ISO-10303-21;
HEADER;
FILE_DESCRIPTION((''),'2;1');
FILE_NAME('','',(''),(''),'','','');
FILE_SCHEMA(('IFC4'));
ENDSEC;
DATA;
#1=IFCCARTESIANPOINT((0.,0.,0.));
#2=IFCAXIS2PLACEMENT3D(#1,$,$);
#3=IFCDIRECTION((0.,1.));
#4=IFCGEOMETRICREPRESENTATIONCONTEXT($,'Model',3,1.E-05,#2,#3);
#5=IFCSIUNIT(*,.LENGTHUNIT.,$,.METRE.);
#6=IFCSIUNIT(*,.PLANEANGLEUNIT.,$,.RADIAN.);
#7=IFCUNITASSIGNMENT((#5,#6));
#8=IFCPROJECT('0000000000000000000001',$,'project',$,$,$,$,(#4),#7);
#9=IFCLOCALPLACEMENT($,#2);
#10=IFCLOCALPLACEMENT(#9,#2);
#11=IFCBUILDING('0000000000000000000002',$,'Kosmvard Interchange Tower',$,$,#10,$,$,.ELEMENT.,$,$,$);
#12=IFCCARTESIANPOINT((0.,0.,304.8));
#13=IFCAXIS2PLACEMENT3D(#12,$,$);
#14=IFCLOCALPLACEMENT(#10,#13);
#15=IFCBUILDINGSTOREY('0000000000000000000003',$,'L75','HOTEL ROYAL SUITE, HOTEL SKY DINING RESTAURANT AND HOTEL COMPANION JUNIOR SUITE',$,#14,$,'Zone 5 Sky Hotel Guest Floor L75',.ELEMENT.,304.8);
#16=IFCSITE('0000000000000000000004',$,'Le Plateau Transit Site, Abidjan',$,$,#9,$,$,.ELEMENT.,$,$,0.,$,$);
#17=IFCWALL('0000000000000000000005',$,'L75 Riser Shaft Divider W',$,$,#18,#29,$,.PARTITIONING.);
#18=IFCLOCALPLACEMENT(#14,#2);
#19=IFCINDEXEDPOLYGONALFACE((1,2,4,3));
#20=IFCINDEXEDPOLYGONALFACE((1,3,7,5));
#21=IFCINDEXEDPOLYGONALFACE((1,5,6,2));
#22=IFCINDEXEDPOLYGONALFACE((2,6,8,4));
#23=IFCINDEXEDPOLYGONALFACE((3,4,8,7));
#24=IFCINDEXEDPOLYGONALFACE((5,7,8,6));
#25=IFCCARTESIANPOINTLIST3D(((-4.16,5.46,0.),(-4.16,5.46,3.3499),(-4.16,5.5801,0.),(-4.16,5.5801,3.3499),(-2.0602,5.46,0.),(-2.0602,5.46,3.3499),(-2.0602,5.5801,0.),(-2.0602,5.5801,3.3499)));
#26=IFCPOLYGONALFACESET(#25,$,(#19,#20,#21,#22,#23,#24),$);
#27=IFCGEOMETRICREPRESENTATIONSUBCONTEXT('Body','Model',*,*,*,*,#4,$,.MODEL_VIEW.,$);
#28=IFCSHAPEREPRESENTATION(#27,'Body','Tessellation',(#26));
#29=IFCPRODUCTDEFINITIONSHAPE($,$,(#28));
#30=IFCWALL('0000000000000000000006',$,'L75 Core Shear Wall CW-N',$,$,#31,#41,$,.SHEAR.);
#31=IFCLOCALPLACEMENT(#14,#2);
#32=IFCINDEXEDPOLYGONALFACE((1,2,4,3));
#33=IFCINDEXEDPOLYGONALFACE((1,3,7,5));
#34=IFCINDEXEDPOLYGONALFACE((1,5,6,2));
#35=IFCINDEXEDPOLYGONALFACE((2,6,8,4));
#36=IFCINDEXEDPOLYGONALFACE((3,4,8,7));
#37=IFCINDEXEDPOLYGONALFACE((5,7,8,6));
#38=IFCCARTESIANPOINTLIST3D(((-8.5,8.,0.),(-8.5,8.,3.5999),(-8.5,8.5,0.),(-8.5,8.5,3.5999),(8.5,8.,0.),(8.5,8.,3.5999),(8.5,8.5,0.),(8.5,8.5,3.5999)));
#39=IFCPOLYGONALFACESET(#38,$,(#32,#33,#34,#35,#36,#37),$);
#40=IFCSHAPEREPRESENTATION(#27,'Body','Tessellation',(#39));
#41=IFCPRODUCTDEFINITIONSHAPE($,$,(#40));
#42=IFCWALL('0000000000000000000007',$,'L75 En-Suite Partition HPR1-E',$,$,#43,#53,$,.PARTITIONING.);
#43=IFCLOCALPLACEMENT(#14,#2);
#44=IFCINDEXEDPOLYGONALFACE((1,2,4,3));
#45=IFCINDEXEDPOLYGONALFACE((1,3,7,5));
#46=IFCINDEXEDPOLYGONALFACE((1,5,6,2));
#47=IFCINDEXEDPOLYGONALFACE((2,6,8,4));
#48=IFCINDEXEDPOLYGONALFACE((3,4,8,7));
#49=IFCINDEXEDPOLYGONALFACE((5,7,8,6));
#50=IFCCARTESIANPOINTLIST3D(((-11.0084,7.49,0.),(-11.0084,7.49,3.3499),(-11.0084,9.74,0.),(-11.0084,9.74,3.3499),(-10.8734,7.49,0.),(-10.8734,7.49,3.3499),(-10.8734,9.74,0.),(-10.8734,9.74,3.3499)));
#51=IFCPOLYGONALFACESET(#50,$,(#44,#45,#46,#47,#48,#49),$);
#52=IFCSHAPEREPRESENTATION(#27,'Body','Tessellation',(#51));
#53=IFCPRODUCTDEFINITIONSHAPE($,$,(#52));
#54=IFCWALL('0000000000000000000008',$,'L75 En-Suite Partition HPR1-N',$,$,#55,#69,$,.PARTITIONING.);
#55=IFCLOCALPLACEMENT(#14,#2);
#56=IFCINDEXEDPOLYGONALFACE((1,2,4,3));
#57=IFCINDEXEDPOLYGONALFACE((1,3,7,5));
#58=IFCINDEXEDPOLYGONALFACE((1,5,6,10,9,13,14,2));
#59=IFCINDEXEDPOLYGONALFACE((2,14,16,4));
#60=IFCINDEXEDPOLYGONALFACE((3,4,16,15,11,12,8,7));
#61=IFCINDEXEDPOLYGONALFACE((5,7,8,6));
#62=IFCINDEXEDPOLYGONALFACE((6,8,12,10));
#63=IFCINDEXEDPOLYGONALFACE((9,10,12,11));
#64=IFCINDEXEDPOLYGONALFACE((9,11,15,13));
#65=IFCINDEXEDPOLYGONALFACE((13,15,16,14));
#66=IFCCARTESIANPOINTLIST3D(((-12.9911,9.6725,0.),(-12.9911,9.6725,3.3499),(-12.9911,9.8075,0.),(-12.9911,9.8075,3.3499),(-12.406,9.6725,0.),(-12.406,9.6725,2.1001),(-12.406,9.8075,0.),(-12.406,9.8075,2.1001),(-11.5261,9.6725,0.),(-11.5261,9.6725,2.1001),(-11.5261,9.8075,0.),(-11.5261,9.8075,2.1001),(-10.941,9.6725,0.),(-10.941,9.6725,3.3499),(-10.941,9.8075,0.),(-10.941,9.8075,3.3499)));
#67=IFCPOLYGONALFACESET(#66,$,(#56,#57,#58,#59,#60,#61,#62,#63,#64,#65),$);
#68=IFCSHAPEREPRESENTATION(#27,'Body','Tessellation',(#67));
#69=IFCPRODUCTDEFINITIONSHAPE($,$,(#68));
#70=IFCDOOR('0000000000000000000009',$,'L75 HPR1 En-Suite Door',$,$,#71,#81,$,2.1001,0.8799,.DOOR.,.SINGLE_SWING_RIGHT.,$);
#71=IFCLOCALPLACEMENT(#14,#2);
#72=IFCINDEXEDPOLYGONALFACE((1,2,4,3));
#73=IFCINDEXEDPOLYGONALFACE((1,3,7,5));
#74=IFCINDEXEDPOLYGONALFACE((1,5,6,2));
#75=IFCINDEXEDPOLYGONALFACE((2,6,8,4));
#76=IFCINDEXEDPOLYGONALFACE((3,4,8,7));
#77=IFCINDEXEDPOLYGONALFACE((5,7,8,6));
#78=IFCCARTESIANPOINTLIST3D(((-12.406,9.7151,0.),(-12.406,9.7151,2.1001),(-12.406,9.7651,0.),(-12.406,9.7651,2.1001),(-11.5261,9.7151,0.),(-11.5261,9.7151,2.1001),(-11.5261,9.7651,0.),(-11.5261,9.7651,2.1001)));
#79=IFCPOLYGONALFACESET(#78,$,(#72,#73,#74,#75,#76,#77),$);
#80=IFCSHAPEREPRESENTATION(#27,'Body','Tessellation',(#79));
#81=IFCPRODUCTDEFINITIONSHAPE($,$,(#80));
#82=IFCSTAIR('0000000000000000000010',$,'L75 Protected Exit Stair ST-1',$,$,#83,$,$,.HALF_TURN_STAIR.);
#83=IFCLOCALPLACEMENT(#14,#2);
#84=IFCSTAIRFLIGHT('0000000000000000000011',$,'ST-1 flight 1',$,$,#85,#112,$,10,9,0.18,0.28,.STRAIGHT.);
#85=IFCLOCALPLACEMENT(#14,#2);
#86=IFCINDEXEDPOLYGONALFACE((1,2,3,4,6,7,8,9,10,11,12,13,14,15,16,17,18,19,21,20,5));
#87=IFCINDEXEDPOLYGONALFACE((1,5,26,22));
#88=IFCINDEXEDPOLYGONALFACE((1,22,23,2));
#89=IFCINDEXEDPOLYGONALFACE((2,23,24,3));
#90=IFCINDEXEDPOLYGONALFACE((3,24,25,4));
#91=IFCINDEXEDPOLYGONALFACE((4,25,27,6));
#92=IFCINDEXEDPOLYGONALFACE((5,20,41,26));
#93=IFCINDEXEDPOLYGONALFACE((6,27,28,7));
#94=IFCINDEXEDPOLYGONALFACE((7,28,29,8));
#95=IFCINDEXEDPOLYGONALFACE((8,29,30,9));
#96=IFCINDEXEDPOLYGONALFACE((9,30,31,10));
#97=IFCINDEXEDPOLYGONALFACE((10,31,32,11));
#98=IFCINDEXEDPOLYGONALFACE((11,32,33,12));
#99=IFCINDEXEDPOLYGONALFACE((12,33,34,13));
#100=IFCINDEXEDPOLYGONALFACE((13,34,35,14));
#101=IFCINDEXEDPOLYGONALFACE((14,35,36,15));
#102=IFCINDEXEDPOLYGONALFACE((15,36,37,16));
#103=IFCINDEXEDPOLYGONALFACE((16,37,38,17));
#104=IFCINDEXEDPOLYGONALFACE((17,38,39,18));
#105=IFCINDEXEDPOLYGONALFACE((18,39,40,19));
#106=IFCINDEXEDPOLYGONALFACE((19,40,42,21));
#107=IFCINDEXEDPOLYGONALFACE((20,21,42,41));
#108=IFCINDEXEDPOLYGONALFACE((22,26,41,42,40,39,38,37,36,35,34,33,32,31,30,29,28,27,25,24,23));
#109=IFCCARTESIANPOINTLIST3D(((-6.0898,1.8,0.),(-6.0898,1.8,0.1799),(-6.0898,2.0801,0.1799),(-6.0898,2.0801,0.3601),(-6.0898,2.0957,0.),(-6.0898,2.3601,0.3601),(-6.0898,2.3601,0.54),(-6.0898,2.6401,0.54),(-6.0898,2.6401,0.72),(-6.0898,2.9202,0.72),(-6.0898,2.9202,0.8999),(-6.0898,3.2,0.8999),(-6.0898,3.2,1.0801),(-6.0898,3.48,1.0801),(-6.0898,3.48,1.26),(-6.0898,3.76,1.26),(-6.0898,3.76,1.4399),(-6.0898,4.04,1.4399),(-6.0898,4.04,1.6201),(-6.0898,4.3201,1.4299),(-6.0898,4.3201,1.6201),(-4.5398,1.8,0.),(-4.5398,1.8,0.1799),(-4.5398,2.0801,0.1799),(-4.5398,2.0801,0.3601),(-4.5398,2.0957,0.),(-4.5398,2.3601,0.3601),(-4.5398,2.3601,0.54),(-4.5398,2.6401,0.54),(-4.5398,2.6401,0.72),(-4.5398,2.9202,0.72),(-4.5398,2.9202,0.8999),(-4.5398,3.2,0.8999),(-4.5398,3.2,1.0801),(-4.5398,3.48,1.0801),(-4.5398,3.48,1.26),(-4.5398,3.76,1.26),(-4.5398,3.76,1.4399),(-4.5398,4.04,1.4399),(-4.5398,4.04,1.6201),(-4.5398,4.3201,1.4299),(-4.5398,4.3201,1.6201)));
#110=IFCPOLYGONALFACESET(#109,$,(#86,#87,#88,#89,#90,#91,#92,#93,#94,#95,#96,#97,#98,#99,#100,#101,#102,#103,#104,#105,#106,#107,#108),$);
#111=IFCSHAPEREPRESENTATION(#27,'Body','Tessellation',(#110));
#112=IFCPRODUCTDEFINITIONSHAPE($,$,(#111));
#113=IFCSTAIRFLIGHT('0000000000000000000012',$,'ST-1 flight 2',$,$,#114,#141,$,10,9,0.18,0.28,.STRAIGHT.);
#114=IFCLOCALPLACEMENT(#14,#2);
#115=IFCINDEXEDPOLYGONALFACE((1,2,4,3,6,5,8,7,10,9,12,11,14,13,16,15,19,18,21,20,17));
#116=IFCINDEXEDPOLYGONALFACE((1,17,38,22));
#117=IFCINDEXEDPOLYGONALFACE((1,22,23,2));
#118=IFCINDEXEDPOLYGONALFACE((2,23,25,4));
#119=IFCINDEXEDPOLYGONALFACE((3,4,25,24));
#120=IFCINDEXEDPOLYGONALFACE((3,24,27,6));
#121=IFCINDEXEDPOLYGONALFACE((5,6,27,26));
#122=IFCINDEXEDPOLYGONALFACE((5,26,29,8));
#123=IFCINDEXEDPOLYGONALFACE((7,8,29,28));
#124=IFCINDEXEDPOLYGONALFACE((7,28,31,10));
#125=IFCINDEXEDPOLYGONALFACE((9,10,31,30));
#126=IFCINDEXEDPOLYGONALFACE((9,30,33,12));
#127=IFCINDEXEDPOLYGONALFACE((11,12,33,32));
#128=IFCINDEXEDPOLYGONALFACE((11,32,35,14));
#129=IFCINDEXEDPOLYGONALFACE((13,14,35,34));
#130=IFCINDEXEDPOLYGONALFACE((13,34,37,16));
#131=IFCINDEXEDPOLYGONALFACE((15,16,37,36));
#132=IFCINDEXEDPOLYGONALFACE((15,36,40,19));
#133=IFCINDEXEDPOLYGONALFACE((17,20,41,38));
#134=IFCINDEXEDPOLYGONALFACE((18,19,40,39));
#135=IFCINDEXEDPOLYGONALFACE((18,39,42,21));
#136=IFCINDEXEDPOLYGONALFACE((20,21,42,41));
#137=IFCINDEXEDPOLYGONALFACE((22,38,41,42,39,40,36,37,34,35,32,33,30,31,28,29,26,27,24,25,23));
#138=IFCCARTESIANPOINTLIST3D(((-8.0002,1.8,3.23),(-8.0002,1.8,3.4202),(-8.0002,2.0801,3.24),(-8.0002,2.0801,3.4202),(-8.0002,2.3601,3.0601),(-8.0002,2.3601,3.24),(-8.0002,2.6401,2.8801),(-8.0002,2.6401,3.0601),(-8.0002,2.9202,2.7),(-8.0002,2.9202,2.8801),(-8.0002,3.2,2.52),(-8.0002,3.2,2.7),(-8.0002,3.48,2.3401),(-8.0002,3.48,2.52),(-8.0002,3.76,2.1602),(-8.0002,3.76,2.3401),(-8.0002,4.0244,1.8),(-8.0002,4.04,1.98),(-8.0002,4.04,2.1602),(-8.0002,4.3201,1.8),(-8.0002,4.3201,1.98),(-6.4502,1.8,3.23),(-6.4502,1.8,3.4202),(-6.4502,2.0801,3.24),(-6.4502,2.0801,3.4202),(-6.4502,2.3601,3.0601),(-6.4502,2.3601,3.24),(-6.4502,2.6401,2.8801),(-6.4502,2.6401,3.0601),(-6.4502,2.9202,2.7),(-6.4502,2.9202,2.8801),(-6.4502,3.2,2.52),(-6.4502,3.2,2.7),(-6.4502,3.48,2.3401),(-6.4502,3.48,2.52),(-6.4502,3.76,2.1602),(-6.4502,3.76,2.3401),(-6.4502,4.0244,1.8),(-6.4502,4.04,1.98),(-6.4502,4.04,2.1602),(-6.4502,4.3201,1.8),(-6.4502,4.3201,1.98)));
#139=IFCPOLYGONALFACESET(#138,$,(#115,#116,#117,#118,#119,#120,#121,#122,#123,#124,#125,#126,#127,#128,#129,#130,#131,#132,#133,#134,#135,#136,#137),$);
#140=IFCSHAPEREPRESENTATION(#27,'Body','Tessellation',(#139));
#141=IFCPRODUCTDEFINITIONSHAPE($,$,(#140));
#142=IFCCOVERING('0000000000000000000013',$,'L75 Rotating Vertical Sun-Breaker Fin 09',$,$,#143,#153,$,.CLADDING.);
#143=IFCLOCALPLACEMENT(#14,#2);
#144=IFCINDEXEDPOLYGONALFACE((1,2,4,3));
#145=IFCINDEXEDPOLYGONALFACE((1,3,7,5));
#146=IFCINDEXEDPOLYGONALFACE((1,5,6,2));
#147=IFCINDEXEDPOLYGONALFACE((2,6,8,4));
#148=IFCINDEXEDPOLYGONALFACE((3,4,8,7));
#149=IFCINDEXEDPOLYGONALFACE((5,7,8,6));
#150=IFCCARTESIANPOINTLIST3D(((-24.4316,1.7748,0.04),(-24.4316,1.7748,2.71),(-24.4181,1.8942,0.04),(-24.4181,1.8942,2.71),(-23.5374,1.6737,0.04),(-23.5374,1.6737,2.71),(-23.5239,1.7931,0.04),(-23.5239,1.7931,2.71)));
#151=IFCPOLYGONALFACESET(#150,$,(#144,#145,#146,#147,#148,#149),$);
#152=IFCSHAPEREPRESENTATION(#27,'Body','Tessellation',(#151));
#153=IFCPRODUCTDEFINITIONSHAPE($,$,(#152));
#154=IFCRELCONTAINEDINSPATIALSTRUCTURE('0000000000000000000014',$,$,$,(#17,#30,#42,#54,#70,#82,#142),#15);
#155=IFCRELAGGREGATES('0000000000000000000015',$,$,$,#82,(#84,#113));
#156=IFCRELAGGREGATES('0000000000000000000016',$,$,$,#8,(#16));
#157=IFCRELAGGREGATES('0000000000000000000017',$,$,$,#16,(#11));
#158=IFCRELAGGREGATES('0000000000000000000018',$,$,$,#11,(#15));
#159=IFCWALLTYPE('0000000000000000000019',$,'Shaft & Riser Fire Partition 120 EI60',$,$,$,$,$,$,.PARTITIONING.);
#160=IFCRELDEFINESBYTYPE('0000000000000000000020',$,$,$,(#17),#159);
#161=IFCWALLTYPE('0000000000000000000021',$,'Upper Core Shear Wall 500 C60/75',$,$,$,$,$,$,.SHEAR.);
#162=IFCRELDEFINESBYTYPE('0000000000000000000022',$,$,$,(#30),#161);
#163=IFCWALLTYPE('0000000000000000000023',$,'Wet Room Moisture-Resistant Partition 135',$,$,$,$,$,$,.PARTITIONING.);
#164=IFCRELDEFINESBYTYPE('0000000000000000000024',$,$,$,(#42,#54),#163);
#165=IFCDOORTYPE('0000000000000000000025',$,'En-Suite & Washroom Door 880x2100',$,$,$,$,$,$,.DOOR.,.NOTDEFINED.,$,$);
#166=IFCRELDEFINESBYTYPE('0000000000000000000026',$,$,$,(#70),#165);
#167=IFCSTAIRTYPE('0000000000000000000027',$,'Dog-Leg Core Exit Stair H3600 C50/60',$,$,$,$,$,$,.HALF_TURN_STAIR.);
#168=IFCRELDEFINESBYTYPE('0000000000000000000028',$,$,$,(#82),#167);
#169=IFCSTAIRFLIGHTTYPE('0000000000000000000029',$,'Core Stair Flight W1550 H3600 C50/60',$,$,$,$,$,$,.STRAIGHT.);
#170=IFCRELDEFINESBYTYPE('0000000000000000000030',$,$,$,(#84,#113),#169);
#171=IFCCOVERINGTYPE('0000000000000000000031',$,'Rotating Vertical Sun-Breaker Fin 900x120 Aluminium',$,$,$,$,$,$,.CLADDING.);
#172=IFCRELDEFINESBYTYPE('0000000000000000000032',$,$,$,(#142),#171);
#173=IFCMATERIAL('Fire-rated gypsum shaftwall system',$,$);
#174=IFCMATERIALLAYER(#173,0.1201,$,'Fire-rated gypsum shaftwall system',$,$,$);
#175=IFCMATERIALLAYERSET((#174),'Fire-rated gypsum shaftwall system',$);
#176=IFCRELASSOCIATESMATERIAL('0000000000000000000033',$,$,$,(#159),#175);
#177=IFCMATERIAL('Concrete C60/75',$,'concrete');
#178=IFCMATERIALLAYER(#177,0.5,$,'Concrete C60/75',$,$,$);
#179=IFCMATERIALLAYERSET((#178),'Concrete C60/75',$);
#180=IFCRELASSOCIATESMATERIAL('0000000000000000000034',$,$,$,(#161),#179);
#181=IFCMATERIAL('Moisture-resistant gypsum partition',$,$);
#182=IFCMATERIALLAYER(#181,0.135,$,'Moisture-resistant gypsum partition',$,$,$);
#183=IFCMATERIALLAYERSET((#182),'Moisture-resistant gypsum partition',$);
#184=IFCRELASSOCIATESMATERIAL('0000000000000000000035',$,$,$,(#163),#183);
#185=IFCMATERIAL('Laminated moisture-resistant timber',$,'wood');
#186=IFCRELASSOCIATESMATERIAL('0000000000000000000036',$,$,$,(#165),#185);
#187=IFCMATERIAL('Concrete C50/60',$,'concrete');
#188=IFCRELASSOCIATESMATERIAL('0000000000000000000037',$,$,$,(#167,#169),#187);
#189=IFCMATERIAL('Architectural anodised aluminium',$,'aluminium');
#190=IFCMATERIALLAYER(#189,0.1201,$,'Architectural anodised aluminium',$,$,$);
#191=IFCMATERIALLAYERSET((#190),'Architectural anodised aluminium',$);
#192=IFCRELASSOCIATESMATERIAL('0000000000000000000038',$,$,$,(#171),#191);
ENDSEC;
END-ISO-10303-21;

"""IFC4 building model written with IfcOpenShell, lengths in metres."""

from ifc_helpers import new_model, si_unit, direction, frame, frame_2d, origin, origin_2d, place, context, subcontext, project, spatial, polyline, rectangle, outline, extrude, source, transform, mapped, material, layer, layer_set, type_object, element, fill, aggregate, save


model = new_model("IFC4")

# Units and contexts
model_context = context("Model", 3, precision=1e-05, world=origin(), true_north=direction((0.0, 1.0)))
body_context = subcontext(model_context, "Body", "Model", "MODEL_VIEW")
ifc_project = project(units=[si_unit("LENGTHUNIT", "METRE"), si_unit("PLANEANGLEUNIT", "RADIAN")], contexts=[model_context])

# Site, building, storey
site_placement = place(None, origin())
site = spatial("IfcSite", under=ifc_project, at=site_placement, Name="Le Plateau Transit Site, Abidjan", CompositionType="ELEMENT", RefElevation=0.0)
building_placement = place(site_placement, origin())
building = spatial("IfcBuilding", under=site, at=building_placement, Name="Kosmvard Interchange Tower", CompositionType="ELEMENT")
storey_placement = place(building_placement, frame((0.0, 0.0, 304.8)))
storey = spatial("IfcBuildingStorey", under=building, at=storey_placement, Name="L75", Description="HOTEL ROYAL SUITE, HOTEL SKY DINING RESTAURANT AND HOTEL COMPANION JUNIOR SUITE", LongName="Zone 5 Sky Hotel Guest Floor L75", CompositionType="ELEMENT", Elevation=304.8)

# Shared definitions
ifc_material_1 = material(Name="Concrete C50/60", Category="concrete")

# Shared definitions
shared_shape_1 = source(origin(), body_context, "Body", "SweptSolid", [
    extrude(rectangle(XDim=0.8799, YDim=2.1001, at=frame_2d((0.4399, 1.05))), frame((0.0, 0.0249, 0.0), z_axis=(0.0, -1.0, 0.0), x_axis=(1.0, 0.0, 0.0)), (0.0, 0.0, 1.0), 0.05),
])

# Walls
ifc_material_2 = material(Name="Fire-rated gypsum shaftwall system")
ifc_layer_1 = layer(ifc_material_2, 0.1201, Name="Fire-rated gypsum shaftwall system")
ifc_layer_set_1 = layer_set([ifc_layer_1], Name="Fire-rated gypsum shaftwall system")
wall_type_1 = type_object("IfcWallType", Name="Shaft & Riser Fire Partition 120 EI60", PredefinedType="PARTITIONING", material=ifc_layer_set_1)
wall_1_placement = place(storey_placement, frame((-4.1599, 5.52, 0.0), z_axis=(0.0, 0.0, 1.0), x_axis=(1.0, 0.0, 0.0)))
element("IfcWall", 1, at=wall_1_placement, inside=storey, type_object=wall_type_1, Name="L75 Riser Shaft Divider W", PredefinedType="PARTITIONING", context=body_context, shape_type="SweptSolid", body=[
    extrude(rectangle(XDim=2.0999, YDim=0.1201, at=frame_2d((1.0498, 0.0))), origin(), (0.0, 0.0, 1.0), 3.3499),
])
ifc_material_3 = material(Name="Concrete C60/75", Category="concrete")
ifc_layer_2 = layer(ifc_material_3, 0.5, Name="Concrete C60/75")
ifc_layer_set_2 = layer_set([ifc_layer_2], Name="Concrete C60/75")
wall_type_2 = type_object("IfcWallType", Name="Upper Core Shear Wall 500 C60/75", PredefinedType="SHEAR", material=ifc_layer_set_2)
wall_2_placement = place(storey_placement, frame((-8.5, 8.25, 0.0), z_axis=(0.0, 0.0, 1.0), x_axis=(1.0, 0.0, 0.0)))
element("IfcWall", 2, at=wall_2_placement, inside=storey, type_object=wall_type_2, Name="L75 Core Shear Wall CW-N", PredefinedType="SHEAR", context=body_context, shape_type="SweptSolid", body=[
    extrude(rectangle(XDim=17.0, YDim=0.5, at=frame_2d((8.5, 0.0))), origin(), (0.0, 0.0, 1.0), 3.5999),
])
ifc_material_4 = material(Name="Moisture-resistant gypsum partition")
ifc_layer_3 = layer(ifc_material_4, 0.135, Name="Moisture-resistant gypsum partition")
ifc_layer_set_3 = layer_set([ifc_layer_3], Name="Moisture-resistant gypsum partition")
wall_type_3 = type_object("IfcWallType", Name="Wet Room Moisture-Resistant Partition 135", PredefinedType="PARTITIONING", material=ifc_layer_set_3)
wall_3_placement = place(storey_placement, frame((-10.9409, 7.49, 0.0), z_axis=(0.0, 0.0, 1.0), x_axis=(0.0, 1.0, 0.0)))
element("IfcWall", 3, at=wall_3_placement, inside=storey, type_object=wall_type_3, Name="L75 En-Suite Partition HPR1-E", PredefinedType="PARTITIONING", context=body_context, shape_type="SweptSolid", body=[
    extrude(rectangle(XDim=2.25, YDim=0.135, at=frame_2d((1.125, 0.0))), origin(), (0.0, 0.0, 1.0), 3.3499),
])

# Wall, opening, door
wall_4_placement = place(storey_placement, frame((-12.991, 9.74, 0.0), z_axis=(0.0, 0.0, 1.0), x_axis=(1.0, 0.0, 0.0)))
wall_4 = element("IfcWall", 4, at=wall_4_placement, inside=storey, type_object=wall_type_3, Name="L75 En-Suite Partition HPR1-N", PredefinedType="PARTITIONING", context=body_context, shape_type="SweptSolid", body=[
    extrude(rectangle(XDim=2.05, YDim=0.135, at=frame_2d((1.0249, 0.0))), origin(), (0.0, 0.0, 1.0), 3.3499),
])
opening_1_placement = place(wall_4_placement, frame((0.585, 0.0, 0.0)))
opening_1 = element("IfcOpeningElement", 5, at=opening_1_placement, cuts=wall_4, PredefinedType="OPENING", context=body_context, shape_type="SweptSolid", body=[
    extrude(rectangle(XDim=0.8799, YDim=2.1001, at=frame_2d((0.4399, 1.05))), frame((0.0, 0.0776, 0.0), z_axis=(0.0, -1.0, 0.0), x_axis=(1.0, 0.0, 0.0)), (0.0, 0.0, 1.0), 0.155),
])
ifc_material_5 = material(Name="Laminated moisture-resistant timber", Category="wood")
door_type_1 = type_object("IfcDoorType", Name="En-Suite & Washroom Door 880x2100", OperationType="NOTDEFINED", PredefinedType="DOOR", material=ifc_material_5)
door_1_placement = place(opening_1_placement, frame((0.8799, 0.0, 0.0), z_axis=(0.0, 0.0, 1.0), x_axis=(-1.0, 0.0, 0.0)))
door_1 = element("IfcDoor", 6, at=door_1_placement, inside=storey, type_object=door_type_1, Name="L75 HPR1 En-Suite Door", OperationType="SINGLE_SWING_RIGHT", OverallHeight=2.1001, OverallWidth=0.8799, PredefinedType="DOOR", context=body_context, shape_type="MappedRepresentation", body=[
    mapped(shared_shape_1, transform((0.0, 0.0, 0.0), scale=1.0)),
])
fill(opening_1, door_1)

# Stair, stair flights
stair_type = type_object("IfcStairType", Name="Dog-Leg Core Exit Stair H3600 C50/60", PredefinedType="HALF_TURN_STAIR", material=ifc_material_1)
stair_placement = place(storey_placement, origin())
stair = element("IfcStair", 7, at=stair_placement, inside=storey, type_object=stair_type, Name="L75 Protected Exit Stair ST-1", PredefinedType="HALF_TURN_STAIR")
stair_flight_type = type_object("IfcStairFlightType", Name="Core Stair Flight W1550 H3600 C50/60", PredefinedType="STRAIGHT", material=ifc_material_1)
shared_shape_2 = source(origin(), body_context, "Body", "SweptSolid", [
    extrude(outline(polyline([(0.0, 0.0), (0.0, 0.1799), (0.28, 0.1799), (0.28, 0.3601), (0.5601, 0.3601), (0.5601, 0.54), (0.8401, 0.54), (0.8401, 0.72), (1.1201, 0.72), (1.1201, 0.8999), (1.3999, 0.8999), (1.3999, 1.0801), (1.6799, 1.0801), (1.6799, 1.26), (1.96, 1.26), (1.96, 1.4399), (2.24, 1.4399), (2.24, 1.6201), (2.52, 1.6201), (2.52, 1.8), (2.52, 1.4299), (0.2957, 0.0), (0.0, 0.0)])), frame((0.0, 0.7749, 0.0), z_axis=(0.0, -1.0, 0.0), x_axis=(1.0, 0.0, 0.0)), (0.0, 0.0, 1.0), 1.55),
])
stair_flight_1_placement = place(storey_placement, frame((-5.3149, 1.8, 0.0), z_axis=(0.0, 0.0, 1.0), x_axis=(0.0, 1.0, 0.0)))
stair_flight_1 = element("IfcStairFlight", 8, at=stair_flight_1_placement, type_object=stair_flight_type, Name="ST-1 flight 1", NumberOfRisers=10, NumberOfTreads=9, PredefinedType="STRAIGHT", RiserHeight=0.18, TreadLength=0.28, context=body_context, shape_type="MappedRepresentation", body=[
    mapped(shared_shape_2, transform((0.0, 0.0, 0.0), scale=1.0)),
])
stair_flight_2_placement = place(storey_placement, frame((-7.2251, 4.3201, 1.8), z_axis=(0.0, 0.0, 1.0), x_axis=(0.0, -1.0, 0.0)))
stair_flight_2 = element("IfcStairFlight", 9, at=stair_flight_2_placement, type_object=stair_flight_type, Name="ST-1 flight 2", NumberOfRisers=10, NumberOfTreads=9, PredefinedType="STRAIGHT", RiserHeight=0.18, TreadLength=0.28, context=body_context, shape_type="MappedRepresentation", body=[
    mapped(shared_shape_2, transform((0.0, 0.0, 0.0), scale=1.0)),
])
aggregate(stair, [stair_flight_1, stair_flight_2])

# Covering
ifc_material_6 = material(Name="Architectural anodised aluminium", Category="aluminium")
ifc_layer_4 = layer(ifc_material_6, 0.1201, Name="Architectural anodised aluminium")
ifc_layer_set_4 = layer_set([ifc_layer_4], Name="Architectural anodised aluminium")
covering_type = type_object("IfcCoveringType", Name="Rotating Vertical Sun-Breaker Fin 900x120 Aluminium", PredefinedType="CLADDING", material=ifc_layer_set_4)
shared_shape_3 = source(origin(), body_context, "Body", "SweptSolid", [
    extrude(rectangle(XDim=0.8999, YDim=0.1201, at=origin_2d()), origin(), (0.0, 0.0, 1.0), 2.6699),
])
covering_placement = place(storey_placement, frame((-23.9778, 1.7839, 0.04), z_axis=(0.0, 0.0, 1.0), x_axis=(-0.99367, 0.112336, 0.0)))
element("IfcCovering", 10, at=covering_placement, inside=storey, type_object=covering_type, Name="L75 Rotating Vertical Sun-Breaker Fin 09", PredefinedType="CLADDING", context=body_context, shape_type="MappedRepresentation", body=[
    mapped(shared_shape_3, transform((0.0, 0.0, 0.0), scale=1.0)),
])

save(model, "model.ifc")
